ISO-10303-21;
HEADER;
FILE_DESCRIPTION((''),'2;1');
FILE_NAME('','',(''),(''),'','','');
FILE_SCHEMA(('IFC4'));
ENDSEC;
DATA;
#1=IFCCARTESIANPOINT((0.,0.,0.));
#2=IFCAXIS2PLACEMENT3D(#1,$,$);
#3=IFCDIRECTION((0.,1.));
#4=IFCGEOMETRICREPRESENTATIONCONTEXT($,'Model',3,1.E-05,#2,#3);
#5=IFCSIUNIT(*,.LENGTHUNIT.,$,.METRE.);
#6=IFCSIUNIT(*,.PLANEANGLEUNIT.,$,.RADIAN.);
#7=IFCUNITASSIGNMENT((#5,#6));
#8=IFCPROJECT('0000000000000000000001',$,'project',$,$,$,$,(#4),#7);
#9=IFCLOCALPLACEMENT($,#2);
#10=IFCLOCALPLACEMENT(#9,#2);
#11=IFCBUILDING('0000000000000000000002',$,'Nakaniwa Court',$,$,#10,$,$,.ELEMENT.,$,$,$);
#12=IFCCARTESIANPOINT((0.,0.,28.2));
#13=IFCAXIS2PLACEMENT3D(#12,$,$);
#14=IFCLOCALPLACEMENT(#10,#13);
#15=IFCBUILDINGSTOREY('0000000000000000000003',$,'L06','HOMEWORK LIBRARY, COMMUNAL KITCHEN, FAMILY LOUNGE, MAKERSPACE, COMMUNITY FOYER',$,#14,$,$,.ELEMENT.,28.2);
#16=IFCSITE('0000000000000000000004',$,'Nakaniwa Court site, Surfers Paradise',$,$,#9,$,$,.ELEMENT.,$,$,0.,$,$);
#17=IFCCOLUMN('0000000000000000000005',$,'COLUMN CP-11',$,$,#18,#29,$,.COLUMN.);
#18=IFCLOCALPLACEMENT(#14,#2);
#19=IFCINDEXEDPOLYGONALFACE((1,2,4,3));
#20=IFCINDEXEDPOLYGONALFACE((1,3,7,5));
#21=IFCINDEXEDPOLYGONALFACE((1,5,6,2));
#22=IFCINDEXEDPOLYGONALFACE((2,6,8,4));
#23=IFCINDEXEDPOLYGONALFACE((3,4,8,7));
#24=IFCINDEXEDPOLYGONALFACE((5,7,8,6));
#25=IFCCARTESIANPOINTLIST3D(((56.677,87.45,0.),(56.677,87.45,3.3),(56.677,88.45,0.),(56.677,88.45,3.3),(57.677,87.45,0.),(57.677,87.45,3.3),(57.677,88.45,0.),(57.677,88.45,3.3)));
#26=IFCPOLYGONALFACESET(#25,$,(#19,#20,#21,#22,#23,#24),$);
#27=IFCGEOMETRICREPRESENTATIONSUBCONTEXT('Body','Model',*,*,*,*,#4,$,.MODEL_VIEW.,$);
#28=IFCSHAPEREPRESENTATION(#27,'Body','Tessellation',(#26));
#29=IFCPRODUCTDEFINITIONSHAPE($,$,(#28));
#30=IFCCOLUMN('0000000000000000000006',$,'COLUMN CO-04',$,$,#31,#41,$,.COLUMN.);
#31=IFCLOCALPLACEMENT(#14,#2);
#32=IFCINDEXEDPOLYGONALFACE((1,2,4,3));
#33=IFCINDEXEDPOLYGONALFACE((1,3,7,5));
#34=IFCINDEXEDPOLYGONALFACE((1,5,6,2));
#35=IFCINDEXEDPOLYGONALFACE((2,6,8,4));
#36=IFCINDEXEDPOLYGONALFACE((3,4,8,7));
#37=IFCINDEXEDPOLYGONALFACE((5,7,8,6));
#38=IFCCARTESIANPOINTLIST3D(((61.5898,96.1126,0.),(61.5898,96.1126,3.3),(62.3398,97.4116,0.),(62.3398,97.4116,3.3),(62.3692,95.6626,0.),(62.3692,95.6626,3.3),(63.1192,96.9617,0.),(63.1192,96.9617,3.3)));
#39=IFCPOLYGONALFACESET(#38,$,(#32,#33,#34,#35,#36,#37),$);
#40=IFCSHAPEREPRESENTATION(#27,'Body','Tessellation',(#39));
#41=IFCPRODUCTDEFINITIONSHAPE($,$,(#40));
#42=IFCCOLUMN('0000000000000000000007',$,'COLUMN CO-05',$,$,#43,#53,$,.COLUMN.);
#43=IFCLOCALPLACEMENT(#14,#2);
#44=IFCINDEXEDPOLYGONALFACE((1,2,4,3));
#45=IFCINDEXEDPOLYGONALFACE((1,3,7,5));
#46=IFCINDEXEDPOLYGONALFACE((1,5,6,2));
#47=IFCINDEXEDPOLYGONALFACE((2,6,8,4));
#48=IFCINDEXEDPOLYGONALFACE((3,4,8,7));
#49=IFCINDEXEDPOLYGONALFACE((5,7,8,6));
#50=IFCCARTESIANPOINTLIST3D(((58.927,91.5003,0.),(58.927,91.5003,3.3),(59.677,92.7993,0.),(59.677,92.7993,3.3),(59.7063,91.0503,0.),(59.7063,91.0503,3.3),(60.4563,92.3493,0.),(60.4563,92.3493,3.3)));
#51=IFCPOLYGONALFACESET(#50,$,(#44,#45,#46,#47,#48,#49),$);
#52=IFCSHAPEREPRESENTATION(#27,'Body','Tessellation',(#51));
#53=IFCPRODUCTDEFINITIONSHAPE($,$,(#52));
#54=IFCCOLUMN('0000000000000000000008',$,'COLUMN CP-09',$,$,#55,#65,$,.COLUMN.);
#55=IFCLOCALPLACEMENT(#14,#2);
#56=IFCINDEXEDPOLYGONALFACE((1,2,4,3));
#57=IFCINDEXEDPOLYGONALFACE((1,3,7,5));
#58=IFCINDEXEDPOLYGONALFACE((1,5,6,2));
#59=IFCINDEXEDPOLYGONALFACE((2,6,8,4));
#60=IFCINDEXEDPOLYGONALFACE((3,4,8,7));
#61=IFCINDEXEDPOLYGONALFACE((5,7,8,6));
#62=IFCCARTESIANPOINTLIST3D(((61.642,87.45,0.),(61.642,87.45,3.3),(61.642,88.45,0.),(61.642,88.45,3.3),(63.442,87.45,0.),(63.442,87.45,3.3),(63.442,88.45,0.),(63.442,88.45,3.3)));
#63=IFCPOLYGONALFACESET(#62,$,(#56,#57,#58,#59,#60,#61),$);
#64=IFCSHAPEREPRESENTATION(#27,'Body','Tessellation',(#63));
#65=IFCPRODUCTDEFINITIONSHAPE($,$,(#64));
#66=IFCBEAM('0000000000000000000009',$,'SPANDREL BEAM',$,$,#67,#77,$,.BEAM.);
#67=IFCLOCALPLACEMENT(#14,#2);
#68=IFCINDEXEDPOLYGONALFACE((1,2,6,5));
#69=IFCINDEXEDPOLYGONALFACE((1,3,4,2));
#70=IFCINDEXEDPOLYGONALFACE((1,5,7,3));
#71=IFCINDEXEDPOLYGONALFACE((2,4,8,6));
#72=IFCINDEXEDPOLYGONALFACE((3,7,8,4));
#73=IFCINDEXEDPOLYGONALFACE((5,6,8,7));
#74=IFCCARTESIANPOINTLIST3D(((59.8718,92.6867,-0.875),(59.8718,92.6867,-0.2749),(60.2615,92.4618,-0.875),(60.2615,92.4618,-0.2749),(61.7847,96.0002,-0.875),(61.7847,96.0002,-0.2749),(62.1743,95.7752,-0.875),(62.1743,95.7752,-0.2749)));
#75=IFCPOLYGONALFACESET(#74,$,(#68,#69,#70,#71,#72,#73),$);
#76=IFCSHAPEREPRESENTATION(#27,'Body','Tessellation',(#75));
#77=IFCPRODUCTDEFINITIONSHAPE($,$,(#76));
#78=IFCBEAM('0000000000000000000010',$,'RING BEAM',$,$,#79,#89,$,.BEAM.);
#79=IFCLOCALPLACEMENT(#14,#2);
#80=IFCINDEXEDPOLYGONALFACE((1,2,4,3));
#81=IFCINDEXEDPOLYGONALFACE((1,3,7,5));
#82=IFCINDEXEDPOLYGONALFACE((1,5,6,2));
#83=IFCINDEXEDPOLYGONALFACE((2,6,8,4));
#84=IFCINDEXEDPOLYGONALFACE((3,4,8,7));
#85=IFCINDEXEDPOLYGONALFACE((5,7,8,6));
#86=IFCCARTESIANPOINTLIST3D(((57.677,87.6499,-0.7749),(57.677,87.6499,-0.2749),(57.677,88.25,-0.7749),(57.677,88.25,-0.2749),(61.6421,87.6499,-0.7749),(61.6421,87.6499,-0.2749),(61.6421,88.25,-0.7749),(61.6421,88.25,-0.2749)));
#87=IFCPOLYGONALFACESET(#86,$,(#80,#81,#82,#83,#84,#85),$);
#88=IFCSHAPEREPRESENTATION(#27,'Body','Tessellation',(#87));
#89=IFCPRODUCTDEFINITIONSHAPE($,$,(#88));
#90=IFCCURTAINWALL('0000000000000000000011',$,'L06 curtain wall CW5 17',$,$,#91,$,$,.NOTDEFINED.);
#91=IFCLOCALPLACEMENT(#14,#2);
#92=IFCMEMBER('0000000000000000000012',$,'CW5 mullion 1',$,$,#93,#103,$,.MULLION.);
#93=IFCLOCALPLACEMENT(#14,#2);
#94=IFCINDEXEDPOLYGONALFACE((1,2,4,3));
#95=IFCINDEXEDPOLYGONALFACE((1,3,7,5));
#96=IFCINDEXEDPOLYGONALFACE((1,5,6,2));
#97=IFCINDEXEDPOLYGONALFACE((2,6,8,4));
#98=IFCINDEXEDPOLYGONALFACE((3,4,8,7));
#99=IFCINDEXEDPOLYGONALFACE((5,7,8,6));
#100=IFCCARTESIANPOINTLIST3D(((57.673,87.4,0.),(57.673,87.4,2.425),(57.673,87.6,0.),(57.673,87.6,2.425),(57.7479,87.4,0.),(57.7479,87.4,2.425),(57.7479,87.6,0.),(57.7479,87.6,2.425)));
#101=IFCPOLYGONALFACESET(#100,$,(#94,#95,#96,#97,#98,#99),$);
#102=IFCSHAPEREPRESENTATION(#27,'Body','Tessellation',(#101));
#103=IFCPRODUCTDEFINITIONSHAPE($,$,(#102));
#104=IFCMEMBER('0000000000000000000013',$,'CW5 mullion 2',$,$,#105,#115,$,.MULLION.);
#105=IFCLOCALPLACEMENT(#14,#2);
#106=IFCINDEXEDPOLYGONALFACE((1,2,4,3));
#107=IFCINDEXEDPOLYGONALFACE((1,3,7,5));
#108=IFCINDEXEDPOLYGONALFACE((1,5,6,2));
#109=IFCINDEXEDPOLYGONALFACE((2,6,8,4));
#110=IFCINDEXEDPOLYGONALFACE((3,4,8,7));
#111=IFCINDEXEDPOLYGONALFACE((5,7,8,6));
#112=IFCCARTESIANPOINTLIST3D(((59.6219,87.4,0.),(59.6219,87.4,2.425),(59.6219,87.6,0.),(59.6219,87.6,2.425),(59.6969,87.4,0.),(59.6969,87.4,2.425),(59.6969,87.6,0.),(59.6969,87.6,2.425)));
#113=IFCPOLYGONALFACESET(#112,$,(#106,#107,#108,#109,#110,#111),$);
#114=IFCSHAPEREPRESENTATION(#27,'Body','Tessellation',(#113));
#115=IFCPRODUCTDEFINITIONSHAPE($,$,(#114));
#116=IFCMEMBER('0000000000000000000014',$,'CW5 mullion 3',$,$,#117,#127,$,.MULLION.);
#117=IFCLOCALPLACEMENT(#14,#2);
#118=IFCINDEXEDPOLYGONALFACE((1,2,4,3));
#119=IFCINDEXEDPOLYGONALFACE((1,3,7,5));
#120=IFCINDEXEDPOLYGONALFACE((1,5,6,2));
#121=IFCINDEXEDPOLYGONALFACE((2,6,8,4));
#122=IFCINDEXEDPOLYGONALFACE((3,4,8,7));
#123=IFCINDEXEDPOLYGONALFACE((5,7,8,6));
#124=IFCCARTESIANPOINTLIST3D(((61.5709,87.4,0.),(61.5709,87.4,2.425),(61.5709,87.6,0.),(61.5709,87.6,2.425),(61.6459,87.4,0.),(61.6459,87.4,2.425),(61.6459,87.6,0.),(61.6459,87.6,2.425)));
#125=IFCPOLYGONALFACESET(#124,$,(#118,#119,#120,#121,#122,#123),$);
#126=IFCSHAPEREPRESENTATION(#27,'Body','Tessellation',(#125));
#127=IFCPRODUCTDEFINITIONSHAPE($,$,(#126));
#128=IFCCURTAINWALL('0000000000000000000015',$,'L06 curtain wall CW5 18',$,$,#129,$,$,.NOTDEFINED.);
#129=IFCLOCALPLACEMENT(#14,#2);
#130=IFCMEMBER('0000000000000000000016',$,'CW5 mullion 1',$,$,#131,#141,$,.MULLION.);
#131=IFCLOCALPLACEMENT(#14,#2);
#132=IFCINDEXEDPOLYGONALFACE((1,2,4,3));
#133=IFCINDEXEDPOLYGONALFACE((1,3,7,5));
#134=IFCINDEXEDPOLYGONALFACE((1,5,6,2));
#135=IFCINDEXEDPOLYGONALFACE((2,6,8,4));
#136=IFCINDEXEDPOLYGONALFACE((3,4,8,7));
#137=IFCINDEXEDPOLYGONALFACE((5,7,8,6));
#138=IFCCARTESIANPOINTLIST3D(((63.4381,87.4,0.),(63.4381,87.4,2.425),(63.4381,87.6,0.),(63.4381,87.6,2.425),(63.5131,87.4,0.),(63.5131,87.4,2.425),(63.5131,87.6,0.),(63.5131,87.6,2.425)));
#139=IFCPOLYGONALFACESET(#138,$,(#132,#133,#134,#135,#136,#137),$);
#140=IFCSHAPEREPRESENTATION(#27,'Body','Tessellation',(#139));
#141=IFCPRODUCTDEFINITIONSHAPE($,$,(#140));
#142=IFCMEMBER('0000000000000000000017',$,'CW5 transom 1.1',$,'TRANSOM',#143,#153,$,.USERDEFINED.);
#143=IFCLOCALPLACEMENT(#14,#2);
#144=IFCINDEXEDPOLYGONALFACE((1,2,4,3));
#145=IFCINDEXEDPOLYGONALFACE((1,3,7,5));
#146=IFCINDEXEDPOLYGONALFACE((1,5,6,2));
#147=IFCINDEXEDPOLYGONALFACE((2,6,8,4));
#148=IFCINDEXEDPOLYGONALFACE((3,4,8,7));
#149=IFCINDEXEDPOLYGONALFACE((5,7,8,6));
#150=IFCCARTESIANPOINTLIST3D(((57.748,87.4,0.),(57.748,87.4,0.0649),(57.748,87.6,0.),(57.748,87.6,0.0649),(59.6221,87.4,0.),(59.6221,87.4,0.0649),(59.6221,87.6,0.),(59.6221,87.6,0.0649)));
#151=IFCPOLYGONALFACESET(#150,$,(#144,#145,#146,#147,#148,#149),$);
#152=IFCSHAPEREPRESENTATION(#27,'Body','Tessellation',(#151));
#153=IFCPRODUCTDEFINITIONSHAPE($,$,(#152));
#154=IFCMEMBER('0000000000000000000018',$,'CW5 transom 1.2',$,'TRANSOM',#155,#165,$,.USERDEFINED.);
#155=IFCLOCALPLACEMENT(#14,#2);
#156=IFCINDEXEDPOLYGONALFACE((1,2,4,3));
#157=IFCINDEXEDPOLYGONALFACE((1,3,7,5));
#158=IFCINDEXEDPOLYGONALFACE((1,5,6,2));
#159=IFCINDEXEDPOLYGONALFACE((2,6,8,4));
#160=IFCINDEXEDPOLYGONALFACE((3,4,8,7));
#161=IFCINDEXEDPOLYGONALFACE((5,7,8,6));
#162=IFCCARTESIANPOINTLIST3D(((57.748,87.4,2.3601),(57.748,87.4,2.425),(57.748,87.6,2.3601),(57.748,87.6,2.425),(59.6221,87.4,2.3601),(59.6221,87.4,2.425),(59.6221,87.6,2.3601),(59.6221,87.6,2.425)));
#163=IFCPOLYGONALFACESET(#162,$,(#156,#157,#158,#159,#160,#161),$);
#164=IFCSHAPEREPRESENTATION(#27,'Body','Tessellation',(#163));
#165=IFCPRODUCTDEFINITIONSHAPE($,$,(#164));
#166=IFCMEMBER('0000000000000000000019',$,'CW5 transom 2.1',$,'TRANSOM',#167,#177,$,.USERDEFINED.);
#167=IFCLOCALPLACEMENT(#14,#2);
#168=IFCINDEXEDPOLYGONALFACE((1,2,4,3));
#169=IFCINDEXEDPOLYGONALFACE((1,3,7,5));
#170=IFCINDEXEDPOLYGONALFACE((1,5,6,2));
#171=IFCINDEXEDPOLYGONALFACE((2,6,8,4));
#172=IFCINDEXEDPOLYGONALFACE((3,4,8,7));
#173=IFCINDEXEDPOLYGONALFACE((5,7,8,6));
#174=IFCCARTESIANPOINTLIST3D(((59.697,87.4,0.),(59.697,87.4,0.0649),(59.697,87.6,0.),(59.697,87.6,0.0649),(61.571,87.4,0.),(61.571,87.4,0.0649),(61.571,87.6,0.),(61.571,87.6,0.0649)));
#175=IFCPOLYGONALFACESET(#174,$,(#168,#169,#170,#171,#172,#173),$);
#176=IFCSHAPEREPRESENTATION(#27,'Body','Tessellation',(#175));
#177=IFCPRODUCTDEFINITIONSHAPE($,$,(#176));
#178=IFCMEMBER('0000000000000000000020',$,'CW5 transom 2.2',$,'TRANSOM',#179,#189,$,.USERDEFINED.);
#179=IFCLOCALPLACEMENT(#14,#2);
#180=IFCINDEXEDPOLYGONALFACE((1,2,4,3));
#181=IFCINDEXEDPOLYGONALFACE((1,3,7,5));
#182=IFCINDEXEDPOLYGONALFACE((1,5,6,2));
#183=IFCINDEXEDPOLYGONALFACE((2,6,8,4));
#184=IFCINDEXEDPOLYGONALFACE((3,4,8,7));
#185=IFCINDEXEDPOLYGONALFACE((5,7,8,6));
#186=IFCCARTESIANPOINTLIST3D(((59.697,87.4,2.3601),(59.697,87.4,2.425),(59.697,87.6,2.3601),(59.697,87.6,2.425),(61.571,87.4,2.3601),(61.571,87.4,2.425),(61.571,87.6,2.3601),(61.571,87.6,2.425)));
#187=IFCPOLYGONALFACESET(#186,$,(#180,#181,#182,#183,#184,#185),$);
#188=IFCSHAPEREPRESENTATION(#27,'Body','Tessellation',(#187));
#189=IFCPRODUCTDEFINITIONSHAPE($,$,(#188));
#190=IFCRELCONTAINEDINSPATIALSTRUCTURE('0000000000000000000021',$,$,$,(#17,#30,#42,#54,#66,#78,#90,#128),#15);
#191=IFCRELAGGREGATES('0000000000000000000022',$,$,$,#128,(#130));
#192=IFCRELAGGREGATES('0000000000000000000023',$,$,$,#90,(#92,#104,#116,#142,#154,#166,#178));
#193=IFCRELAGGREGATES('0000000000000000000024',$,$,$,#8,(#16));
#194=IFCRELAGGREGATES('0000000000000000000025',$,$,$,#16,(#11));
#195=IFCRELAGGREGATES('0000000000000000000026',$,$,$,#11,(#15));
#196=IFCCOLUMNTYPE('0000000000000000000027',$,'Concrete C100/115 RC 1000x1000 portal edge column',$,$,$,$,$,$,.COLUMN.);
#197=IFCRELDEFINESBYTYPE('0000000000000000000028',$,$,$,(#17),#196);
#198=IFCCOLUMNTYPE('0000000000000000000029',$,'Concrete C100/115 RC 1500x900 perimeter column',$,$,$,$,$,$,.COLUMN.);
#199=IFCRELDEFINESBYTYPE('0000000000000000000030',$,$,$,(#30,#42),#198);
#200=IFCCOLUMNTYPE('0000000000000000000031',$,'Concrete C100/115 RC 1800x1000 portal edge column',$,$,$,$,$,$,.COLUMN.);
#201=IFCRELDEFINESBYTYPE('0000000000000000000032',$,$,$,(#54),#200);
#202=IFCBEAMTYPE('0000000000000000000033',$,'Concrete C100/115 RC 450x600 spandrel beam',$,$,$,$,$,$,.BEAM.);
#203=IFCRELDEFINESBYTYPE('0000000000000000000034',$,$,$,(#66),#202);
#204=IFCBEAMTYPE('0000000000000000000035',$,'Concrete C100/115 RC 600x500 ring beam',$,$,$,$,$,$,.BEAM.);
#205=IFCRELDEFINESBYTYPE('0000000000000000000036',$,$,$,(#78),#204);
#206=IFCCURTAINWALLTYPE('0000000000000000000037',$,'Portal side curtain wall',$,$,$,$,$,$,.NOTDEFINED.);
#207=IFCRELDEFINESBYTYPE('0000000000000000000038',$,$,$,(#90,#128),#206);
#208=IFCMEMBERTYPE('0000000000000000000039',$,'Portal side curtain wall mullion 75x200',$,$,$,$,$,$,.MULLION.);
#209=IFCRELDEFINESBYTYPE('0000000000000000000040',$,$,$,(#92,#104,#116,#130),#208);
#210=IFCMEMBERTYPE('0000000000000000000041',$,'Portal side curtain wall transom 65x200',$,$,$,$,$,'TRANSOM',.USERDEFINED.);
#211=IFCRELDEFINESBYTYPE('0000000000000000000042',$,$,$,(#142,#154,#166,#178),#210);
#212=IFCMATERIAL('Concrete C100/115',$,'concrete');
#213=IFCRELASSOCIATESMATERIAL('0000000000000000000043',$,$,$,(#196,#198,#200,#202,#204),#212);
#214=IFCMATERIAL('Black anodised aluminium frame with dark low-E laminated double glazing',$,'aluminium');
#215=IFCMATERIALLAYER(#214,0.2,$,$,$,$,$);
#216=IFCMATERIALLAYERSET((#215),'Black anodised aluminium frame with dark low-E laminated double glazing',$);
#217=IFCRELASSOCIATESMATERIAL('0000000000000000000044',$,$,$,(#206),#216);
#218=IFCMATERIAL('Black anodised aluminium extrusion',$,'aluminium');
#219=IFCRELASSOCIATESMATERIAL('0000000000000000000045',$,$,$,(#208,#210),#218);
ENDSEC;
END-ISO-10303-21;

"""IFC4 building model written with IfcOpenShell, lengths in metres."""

from ifc_helpers import new_model, si_unit, direction, frame, origin, origin_2d, place, context, subcontext, project, spatial, rectangle, extrude, material, layer, layer_set, material_profile, profile_set, type_object, element, aggregate, save


model = new_model("IFC4")

# Units and contexts
model_context = context("Model", 3, precision=1e-05, world=origin(), true_north=direction((0.0, 1.0)))
body_context = subcontext(model_context, "Body", "Model", "MODEL_VIEW")
ifc_project = project(units=[si_unit("LENGTHUNIT", "METRE"), si_unit("PLANEANGLEUNIT", "RADIAN")], contexts=[model_context])

# Site, building, storey
site_placement = place(None, origin())
site = spatial("IfcSite", under=ifc_project, at=site_placement, Name="Nakaniwa Court site, Surfers Paradise", CompositionType="ELEMENT", RefElevation=0.0)
building_placement = place(site_placement, origin())
building = spatial("IfcBuilding", under=site, at=building_placement, Name="Nakaniwa Court", CompositionType="ELEMENT")
storey_placement = place(building_placement, frame((0.0, 0.0, 28.2)))
storey = spatial("IfcBuildingStorey", under=building, at=storey_placement, Name="L06", Description="HOMEWORK LIBRARY, COMMUNAL KITCHEN, FAMILY LOUNGE, MAKERSPACE, COMMUNITY FOYER", CompositionType="ELEMENT", Elevation=28.2)

# Columns
ifc_material_1 = material(Name="Concrete C100/115", Category="concrete")
ifc_material_profile_1 = material_profile(ifc_material_1, rectangle(XDim=1.0, YDim=1.0, at=origin_2d()), Name="Concrete C100/115 RC 1000x1000 portal edge column")
ifc_profile_set_1 = profile_set([ifc_material_profile_1], Name="Concrete C100/115")
column_type_1 = type_object("IfcColumnType", Name="Concrete C100/115 RC 1000x1000 portal edge column", PredefinedType="COLUMN", material=ifc_profile_set_1)
column_1_placement = place(storey_placement, frame((57.177, 87.95, 0.0), z_axis=(0.0, 0.0, 1.0), x_axis=(1.0, 0.0, 0.0)))
element("IfcColumn", 1, at=column_1_placement, inside=storey, type_object=column_type_1, Name="COLUMN CP-11", PredefinedType="COLUMN", context=body_context, shape_type="SweptSolid", body=[
    extrude(rectangle(XDim=1.0, YDim=1.0, at=origin_2d()), origin(), (0.0, 0.0, 1.0), 3.3),
])
ifc_material_profile_2 = material_profile(ifc_material_1, rectangle(XDim=1.5, YDim=0.8999, at=origin_2d()), Name="Concrete C100/115 RC 1500x900 perimeter column")
ifc_profile_set_2 = profile_set([ifc_material_profile_2], Name="Concrete C100/115")
column_type_2 = type_object("IfcColumnType", Name="Concrete C100/115 RC 1500x900 perimeter column", PredefinedType="COLUMN", material=ifc_profile_set_2)
for number, where, z_axis, x_axis, name in (
    (2, (62.3545, 96.5371, 0.0), (0.0, 0.0, 1.0), (-0.5, -0.866025, 0.0), "COLUMN CO-04"),
    (3, (59.6917, 91.9248, 0.0), (0.0, 0.0, 1.0), (-0.5, -0.866025, 0.0), "COLUMN CO-05"),
):
    element("IfcColumn", number, at=place(storey_placement, frame(where, z_axis=z_axis, x_axis=x_axis)), inside=storey, type_object=column_type_2, Name=name, PredefinedType="COLUMN", context=body_context, shape_type="SweptSolid", body=[
        extrude(rectangle(XDim=1.5, YDim=0.8999, at=origin_2d()), origin(), (0.0, 0.0, 1.0), 3.3),
    ])
ifc_material_profile_3 = material_profile(ifc_material_1, rectangle(XDim=1.8, YDim=1.0, at=origin_2d()), Name="Concrete C100/115 RC 1800x1000 portal edge column")
ifc_profile_set_3 = profile_set([ifc_material_profile_3], Name="Concrete C100/115")
column_type_3 = type_object("IfcColumnType", Name="Concrete C100/115 RC 1800x1000 portal edge column", PredefinedType="COLUMN", material=ifc_profile_set_3)
column_2_placement = place(storey_placement, frame((62.542, 87.95, 0.0), z_axis=(0.0, 0.0, 1.0), x_axis=(1.0, 0.0, 0.0)))
element("IfcColumn", 4, at=column_2_placement, inside=storey, type_object=column_type_3, Name="COLUMN CP-09", PredefinedType="COLUMN", context=body_context, shape_type="SweptSolid", body=[
    extrude(rectangle(XDim=1.8, YDim=1.0, at=origin_2d()), origin(), (0.0, 0.0, 1.0), 3.3),
])

# Beams
ifc_material_profile_4 = material_profile(ifc_material_1, rectangle(XDim=0.45, YDim=0.6001, at=origin_2d()), Name="Concrete C100/115 RC 450x600 spandrel beam")
ifc_profile_set_4 = profile_set([ifc_material_profile_4], Name="Concrete C100/115")
beam_type_1 = type_object("IfcBeamType", Name="Concrete C100/115 RC 450x600 spandrel beam", PredefinedType="BEAM", material=ifc_profile_set_4)
beam_1_placement = place(storey_placement, frame((61.9795, 95.8877, -0.575), z_axis=(-0.499962, -0.866047, 0.0), x_axis=(0.866047, -0.499962, 0.0)))
element("IfcBeam", 5, at=beam_1_placement, inside=storey, type_object=beam_type_1, Name="SPANDREL BEAM", PredefinedType="BEAM", context=body_context, shape_type="SweptSolid", body=[
    extrude(rectangle(XDim=0.45, YDim=0.6001, at=origin_2d()), origin(), (0.0, 0.0, 1.0), 3.8259),
])
ifc_material_profile_5 = material_profile(ifc_material_1, rectangle(XDim=0.6001, YDim=0.5, at=origin_2d()), Name="Concrete C100/115 RC 600x500 ring beam")
ifc_profile_set_5 = profile_set([ifc_material_profile_5], Name="Concrete C100/115")
beam_type_2 = type_object("IfcBeamType", Name="Concrete C100/115 RC 600x500 ring beam", PredefinedType="BEAM", material=ifc_profile_set_5)
beam_2_placement = place(storey_placement, frame((57.677, 87.95, -0.5249), z_axis=(1.0, 0.0, 0.0), x_axis=(0.0, 1.0, 0.0)))
element("IfcBeam", 6, at=beam_2_placement, inside=storey, type_object=beam_type_2, Name="RING BEAM", PredefinedType="BEAM", context=body_context, shape_type="SweptSolid", body=[
    extrude(rectangle(XDim=0.6001, YDim=0.5, at=origin_2d()), origin(), (0.0, 0.0, 1.0), 3.9651),
])

# Curtain wall, members
ifc_material_2 = material(Name="Black anodised aluminium frame with dark low-E laminated double glazing", Category="aluminium")
ifc_layer_1 = layer(ifc_material_2, 0.2)
ifc_layer_set_1 = layer_set([ifc_layer_1], Name="Black anodised aluminium frame with dark low-E laminated double glazing")
curtain_wall_type = type_object("IfcCurtainWallType", Name="Portal side curtain wall", PredefinedType="NOTDEFINED", material=ifc_layer_set_1)
curtain_wall_1_placement = place(storey_placement, origin())
curtain_wall_1 = element("IfcCurtainWall", 7, at=curtain_wall_1_placement, inside=storey, type_object=curtain_wall_type, Name="L06 curtain wall CW5 17", PredefinedType="NOTDEFINED")
ifc_material_3 = material(Name="Black anodised aluminium extrusion", Category="aluminium")
ifc_material_profile_6 = material_profile(ifc_material_3, rectangle(XDim=0.2, YDim=0.075, at=origin_2d()), Name="Portal side curtain wall mullion 75x200")
ifc_profile_set_6 = profile_set([ifc_material_profile_6], Name="Black anodised aluminium extrusion")
member_type_1 = type_object("IfcMemberType", Name="Portal side curtain wall mullion 75x200", PredefinedType="MULLION", material=ifc_profile_set_6)
member_1_placement = place(storey_placement, frame((57.7104, 87.5, 0.0), z_axis=(0.0, 0.0, 1.0), x_axis=(0.0, 1.0, 0.0)))
member_1 = element("IfcMember", 8, at=member_1_placement, type_object=member_type_1, Name="CW5 mullion 1", PredefinedType="MULLION", context=body_context, shape_type="SweptSolid", body=[
    extrude(rectangle(XDim=0.2, YDim=0.075, at=origin_2d()), origin(), (0.0, 0.0, 1.0), 2.425),
])
member_2_placement = place(storey_placement, frame((59.6594, 87.5, 0.0), z_axis=(0.0, 0.0, 1.0), x_axis=(0.0, 1.0, 0.0)))
member_2 = element("IfcMember", 9, at=member_2_placement, type_object=member_type_1, Name="CW5 mullion 2", PredefinedType="MULLION", context=body_context, shape_type="SweptSolid", body=[
    extrude(rectangle(XDim=0.2, YDim=0.075, at=origin_2d()), origin(), (0.0, 0.0, 1.0), 2.425),
])
member_3_placement = place(storey_placement, frame((61.6084, 87.5, 0.0), z_axis=(0.0, 0.0, 1.0), x_axis=(0.0, 1.0, 0.0)))
member_3 = element("IfcMember", 10, at=member_3_placement, type_object=member_type_1, Name="CW5 mullion 3", PredefinedType="MULLION", context=body_context, shape_type="SweptSolid", body=[
    extrude(rectangle(XDim=0.2, YDim=0.075, at=origin_2d()), origin(), (0.0, 0.0, 1.0), 2.425),
])

# Curtain wall, member
curtain_wall_2_placement = place(storey_placement, origin())
curtain_wall_2 = element("IfcCurtainWall", 11, at=curtain_wall_2_placement, inside=storey, type_object=curtain_wall_type, Name="L06 curtain wall CW5 18", PredefinedType="NOTDEFINED")
member_4_placement = place(storey_placement, frame((63.4756, 87.5, 0.0), z_axis=(0.0, 0.0, 1.0), x_axis=(0.0, 1.0, 0.0)))
member_4 = element("IfcMember", 12, at=member_4_placement, type_object=member_type_1, Name="CW5 mullion 1", PredefinedType="MULLION", context=body_context, shape_type="SweptSolid", body=[
    extrude(rectangle(XDim=0.2, YDim=0.075, at=origin_2d()), origin(), (0.0, 0.0, 1.0), 2.425),
])
aggregate(curtain_wall_2, [member_4])

# Members
ifc_material_profile_7 = material_profile(ifc_material_3, rectangle(XDim=0.2, YDim=0.0649, at=origin_2d()), Name="Portal side curtain wall transom 65x200")
ifc_profile_set_7 = profile_set([ifc_material_profile_7], Name="Black anodised aluminium extrusion")
member_type_2 = type_object("IfcMemberType", Name="Portal side curtain wall transom 65x200", ElementType="TRANSOM", PredefinedType="USERDEFINED", material=ifc_profile_set_7)
member_5_placement = place(storey_placement, frame((57.748, 87.5, 0.0325), z_axis=(1.0, 0.0, 0.0), x_axis=(0.0, 1.0, 0.0)))
member_5 = element("IfcMember", 13, at=member_5_placement, type_object=member_type_2, Name="CW5 transom 1.1", ObjectType="TRANSOM", PredefinedType="USERDEFINED", context=body_context, shape_type="SweptSolid", body=[
    extrude(rectangle(XDim=0.2, YDim=0.0649, at=origin_2d()), origin(), (0.0, 0.0, 1.0), 1.874),
])
member_6_placement = place(storey_placement, frame((57.748, 87.5, 2.3926), z_axis=(1.0, 0.0, 0.0), x_axis=(0.0, 1.0, 0.0)))
member_6 = element("IfcMember", 14, at=member_6_placement, type_object=member_type_2, Name="CW5 transom 1.2", ObjectType="TRANSOM", PredefinedType="USERDEFINED", context=body_context, shape_type="SweptSolid", body=[
    extrude(rectangle(XDim=0.2, YDim=0.0649, at=origin_2d()), origin(), (0.0, 0.0, 1.0), 1.874),
])
member_7_placement = place(storey_placement, frame((59.697, 87.5, 0.0325), z_axis=(1.0, 0.0, 0.0), x_axis=(0.0, 1.0, 0.0)))
member_7 = element("IfcMember", 15, at=member_7_placement, type_object=member_type_2, Name="CW5 transom 2.1", ObjectType="TRANSOM", PredefinedType="USERDEFINED", context=body_context, shape_type="SweptSolid", body=[
    extrude(rectangle(XDim=0.2, YDim=0.0649, at=origin_2d()), origin(), (0.0, 0.0, 1.0), 1.874),
])
member_8_placement = place(storey_placement, frame((59.697, 87.5, 2.3926), z_axis=(1.0, 0.0, 0.0), x_axis=(0.0, 1.0, 0.0)))
member_8 = element("IfcMember", 16, at=member_8_placement, type_object=member_type_2, Name="CW5 transom 2.2", ObjectType="TRANSOM", PredefinedType="USERDEFINED", context=body_context, shape_type="SweptSolid", body=[
    extrude(rectangle(XDim=0.2, YDim=0.0649, at=origin_2d()), origin(), (0.0, 0.0, 1.0), 1.874),
])

aggregate(curtain_wall_1, [member_1, member_2, member_3, member_5, member_6, member_7, member_8])

save(model, "model.ifc")
